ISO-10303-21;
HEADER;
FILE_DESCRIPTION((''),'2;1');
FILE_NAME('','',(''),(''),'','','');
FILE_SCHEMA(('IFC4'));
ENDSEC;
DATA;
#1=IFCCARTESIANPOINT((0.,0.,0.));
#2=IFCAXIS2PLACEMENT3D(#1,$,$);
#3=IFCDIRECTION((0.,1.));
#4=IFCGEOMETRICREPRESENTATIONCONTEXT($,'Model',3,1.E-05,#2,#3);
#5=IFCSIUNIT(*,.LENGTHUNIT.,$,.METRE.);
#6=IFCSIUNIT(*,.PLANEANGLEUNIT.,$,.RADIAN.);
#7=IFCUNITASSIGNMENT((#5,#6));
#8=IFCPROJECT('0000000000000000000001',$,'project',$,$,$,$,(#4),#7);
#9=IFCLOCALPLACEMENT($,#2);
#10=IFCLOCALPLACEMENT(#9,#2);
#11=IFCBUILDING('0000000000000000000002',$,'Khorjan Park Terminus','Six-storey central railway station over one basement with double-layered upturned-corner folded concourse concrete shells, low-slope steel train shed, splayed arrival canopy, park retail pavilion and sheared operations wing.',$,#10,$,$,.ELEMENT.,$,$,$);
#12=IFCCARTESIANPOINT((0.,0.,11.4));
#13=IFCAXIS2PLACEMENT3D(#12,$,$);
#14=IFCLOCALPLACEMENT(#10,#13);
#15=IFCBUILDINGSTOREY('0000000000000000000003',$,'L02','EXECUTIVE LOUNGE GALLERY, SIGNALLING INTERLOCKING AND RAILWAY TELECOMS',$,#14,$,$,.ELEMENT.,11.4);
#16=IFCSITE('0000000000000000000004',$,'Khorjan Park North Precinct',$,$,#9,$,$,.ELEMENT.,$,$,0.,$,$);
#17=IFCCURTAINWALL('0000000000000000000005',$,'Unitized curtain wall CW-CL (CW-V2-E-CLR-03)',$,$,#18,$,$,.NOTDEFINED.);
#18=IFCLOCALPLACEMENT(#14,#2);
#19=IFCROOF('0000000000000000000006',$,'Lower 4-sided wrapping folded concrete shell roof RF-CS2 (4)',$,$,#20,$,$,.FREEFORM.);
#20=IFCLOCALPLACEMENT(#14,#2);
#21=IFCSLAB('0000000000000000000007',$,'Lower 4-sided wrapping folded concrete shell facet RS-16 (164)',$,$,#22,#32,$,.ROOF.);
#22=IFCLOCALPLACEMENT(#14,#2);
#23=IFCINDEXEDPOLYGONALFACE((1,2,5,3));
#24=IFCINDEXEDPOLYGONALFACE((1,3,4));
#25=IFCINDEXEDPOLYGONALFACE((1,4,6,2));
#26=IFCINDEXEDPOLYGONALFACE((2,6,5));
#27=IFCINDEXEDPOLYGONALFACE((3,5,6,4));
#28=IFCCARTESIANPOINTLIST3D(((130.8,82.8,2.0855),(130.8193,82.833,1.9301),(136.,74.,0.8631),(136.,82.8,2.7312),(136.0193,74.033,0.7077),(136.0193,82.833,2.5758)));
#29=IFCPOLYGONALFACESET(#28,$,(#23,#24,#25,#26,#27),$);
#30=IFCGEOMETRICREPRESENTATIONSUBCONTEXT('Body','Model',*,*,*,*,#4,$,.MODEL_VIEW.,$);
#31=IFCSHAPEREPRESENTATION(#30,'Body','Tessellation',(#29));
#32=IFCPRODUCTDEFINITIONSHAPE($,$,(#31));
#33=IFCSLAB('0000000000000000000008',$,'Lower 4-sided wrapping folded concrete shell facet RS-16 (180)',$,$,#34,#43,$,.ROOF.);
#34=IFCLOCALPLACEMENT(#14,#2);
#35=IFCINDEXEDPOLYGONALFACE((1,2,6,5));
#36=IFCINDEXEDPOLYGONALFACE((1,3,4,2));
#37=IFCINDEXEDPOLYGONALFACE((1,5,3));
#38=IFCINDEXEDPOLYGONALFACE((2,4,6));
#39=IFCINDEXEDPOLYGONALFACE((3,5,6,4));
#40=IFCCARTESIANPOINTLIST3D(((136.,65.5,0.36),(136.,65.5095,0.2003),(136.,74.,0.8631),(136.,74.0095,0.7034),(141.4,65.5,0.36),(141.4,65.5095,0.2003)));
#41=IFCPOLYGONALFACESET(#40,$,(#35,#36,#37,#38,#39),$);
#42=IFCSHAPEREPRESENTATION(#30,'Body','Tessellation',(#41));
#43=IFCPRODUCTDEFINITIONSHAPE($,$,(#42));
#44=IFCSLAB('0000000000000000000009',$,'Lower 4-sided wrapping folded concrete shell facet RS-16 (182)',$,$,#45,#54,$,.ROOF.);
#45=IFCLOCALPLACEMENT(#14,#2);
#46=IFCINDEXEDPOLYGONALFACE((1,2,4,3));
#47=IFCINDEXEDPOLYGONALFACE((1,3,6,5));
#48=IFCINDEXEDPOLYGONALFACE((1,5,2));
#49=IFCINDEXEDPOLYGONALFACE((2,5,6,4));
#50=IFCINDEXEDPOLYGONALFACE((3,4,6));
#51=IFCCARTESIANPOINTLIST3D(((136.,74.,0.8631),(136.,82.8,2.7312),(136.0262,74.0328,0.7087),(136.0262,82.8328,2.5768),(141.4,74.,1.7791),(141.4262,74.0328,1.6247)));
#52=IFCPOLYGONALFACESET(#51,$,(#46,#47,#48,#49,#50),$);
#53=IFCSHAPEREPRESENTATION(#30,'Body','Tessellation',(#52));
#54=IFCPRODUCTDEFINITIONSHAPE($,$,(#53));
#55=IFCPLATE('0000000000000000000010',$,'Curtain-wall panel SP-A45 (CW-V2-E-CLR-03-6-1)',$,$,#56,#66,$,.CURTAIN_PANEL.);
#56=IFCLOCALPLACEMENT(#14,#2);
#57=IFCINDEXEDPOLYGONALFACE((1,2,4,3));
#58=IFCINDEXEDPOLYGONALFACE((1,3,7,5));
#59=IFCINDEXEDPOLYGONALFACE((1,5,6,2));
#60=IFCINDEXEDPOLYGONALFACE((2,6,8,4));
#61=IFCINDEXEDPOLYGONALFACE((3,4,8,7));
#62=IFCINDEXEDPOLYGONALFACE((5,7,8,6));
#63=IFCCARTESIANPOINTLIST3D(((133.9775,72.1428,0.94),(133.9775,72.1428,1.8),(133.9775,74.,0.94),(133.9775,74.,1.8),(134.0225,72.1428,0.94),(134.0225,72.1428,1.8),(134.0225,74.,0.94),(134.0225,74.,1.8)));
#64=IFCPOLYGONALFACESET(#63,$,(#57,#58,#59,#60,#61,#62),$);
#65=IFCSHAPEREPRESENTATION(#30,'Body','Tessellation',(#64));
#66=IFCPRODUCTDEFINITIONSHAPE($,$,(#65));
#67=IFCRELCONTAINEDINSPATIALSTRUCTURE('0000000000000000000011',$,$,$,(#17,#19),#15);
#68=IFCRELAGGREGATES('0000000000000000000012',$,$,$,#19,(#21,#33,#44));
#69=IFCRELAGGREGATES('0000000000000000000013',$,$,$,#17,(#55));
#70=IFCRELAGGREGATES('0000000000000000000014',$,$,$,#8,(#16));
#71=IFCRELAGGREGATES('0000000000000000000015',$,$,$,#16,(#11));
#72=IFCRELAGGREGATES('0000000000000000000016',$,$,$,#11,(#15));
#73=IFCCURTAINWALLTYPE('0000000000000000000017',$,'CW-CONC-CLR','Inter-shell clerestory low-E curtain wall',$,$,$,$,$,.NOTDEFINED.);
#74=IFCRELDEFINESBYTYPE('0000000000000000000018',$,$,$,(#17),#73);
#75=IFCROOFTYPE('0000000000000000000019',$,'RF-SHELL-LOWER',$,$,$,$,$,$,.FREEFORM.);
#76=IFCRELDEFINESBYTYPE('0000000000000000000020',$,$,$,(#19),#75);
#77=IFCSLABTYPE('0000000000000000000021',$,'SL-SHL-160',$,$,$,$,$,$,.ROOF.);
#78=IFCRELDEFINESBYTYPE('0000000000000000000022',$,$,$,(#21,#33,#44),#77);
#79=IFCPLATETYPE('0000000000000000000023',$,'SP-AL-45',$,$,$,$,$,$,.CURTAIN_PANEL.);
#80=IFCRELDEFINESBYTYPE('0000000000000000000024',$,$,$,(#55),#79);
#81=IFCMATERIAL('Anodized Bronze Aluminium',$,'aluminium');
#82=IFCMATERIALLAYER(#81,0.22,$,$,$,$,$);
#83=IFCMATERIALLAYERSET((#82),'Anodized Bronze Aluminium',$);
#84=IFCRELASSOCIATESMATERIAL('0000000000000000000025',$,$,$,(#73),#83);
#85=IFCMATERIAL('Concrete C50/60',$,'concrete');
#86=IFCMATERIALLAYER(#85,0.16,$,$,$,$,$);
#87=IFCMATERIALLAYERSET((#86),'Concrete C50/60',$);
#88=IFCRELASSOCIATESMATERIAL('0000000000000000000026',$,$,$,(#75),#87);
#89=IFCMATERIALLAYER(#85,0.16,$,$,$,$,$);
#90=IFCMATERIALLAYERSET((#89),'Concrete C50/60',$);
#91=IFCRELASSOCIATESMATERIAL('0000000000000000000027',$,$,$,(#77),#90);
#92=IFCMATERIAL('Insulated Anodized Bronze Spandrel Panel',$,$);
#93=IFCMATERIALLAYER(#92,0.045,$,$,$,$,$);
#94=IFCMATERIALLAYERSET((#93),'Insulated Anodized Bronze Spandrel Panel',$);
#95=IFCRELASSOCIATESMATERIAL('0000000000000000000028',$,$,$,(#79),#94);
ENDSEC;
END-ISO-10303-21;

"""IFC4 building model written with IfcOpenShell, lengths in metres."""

from ifc_helpers import new_model, si_unit, direction, frame, origin, origin_2d, place, context, subcontext, project, spatial, polyline, rectangle, outline, extrude, material, layer, layer_set, type_object, element, aggregate, save


model = new_model("IFC4")

# Units and contexts
model_context = context("Model", 3, precision=1e-05, world=origin(), true_north=direction((0.0, 1.0)))
body_context = subcontext(model_context, "Body", "Model", "MODEL_VIEW")
ifc_project = project(units=[si_unit("LENGTHUNIT", "METRE"), si_unit("PLANEANGLEUNIT", "RADIAN")], contexts=[model_context])

# Site, building, storey
site_placement = place(None, origin())
site = spatial("IfcSite", under=ifc_project, at=site_placement, Name="Khorjan Park North Precinct", CompositionType="ELEMENT", RefElevation=0.0)
building_placement = place(site_placement, origin())
building = spatial("IfcBuilding", under=site, at=building_placement, Name="Khorjan Park Terminus", Description="Six-storey central railway station over one basement with double-layered upturned-corner folded concourse concrete shells, low-slope steel train shed, splayed arrival canopy, park retail pavilion and sheared operations wing.", CompositionType="ELEMENT")
storey_placement = place(building_placement, frame((0.0, 0.0, 11.4)))
storey = spatial("IfcBuildingStorey", under=building, at=storey_placement, Name="L02", Description="EXECUTIVE LOUNGE GALLERY, SIGNALLING INTERLOCKING AND RAILWAY TELECOMS", CompositionType="ELEMENT", Elevation=11.4)

# Shared definitions
ifc_material_1 = material(Name="Concrete C50/60", Category="concrete")

# Curtain wall
ifc_material_2 = material(Name="Anodized Bronze Aluminium", Category="aluminium")
ifc_layer_1 = layer(ifc_material_2, 0.22)
ifc_layer_set_1 = layer_set([ifc_layer_1], Name="Anodized Bronze Aluminium")
curtain_wall_type = type_object("IfcCurtainWallType", Name="CW-CONC-CLR", Description="Inter-shell clerestory low-E curtain wall", PredefinedType="NOTDEFINED", material=ifc_layer_set_1)
curtain_wall_1_placement = place(storey_placement, origin())
curtain_wall_1 = element("IfcCurtainWall", 1, at=curtain_wall_1_placement, inside=storey, type_object=curtain_wall_type, Name="Unitized curtain wall CW-CL (CW-V2-E-CLR-03)", PredefinedType="NOTDEFINED")

# Roof, slabs
ifc_layer_2 = layer(ifc_material_1, 0.16)
ifc_layer_set_2 = layer_set([ifc_layer_2], Name="Concrete C50/60")
roof_type = type_object("IfcRoofType", Name="RF-SHELL-LOWER", PredefinedType="FREEFORM", material=ifc_layer_set_2)
roof_placement = place(storey_placement, origin())
roof = element("IfcRoof", 2, at=roof_placement, inside=storey, type_object=roof_type, Name="Lower 4-sided wrapping folded concrete shell roof RF-CS2 (4)", PredefinedType="FREEFORM")
ifc_layer_3 = layer(ifc_material_1, 0.16)
ifc_layer_set_3 = layer_set([ifc_layer_3], Name="Concrete C50/60")
slab_type = type_object("IfcSlabType", Name="SL-SHL-160", PredefinedType="ROOF", material=ifc_layer_set_3)
slab_1_placement = place(storey_placement, frame((136.0, 74.0, 0.8631), z_axis=(-0.12058, -0.206142, 0.971064), x_axis=(0.0, 0.978202, 0.207657)))
slab_1 = element("IfcSlab", 3, at=slab_1_placement, type_object=slab_type, Name="Lower 4-sided wrapping folded concrete shell facet RS-16 (164)", PredefinedType="ROOF", context=body_context, shape_type="SweptSolid", body=[
    extrude(outline(polyline([(0.0, 0.0), (8.9961, 0.0), (8.862, 5.2382), (0.0, 0.0)])), origin(), (0.0, 0.0, -1.0), 0.16),
])
slab_2_placement = place(storey_placement, frame((136.0, 65.5, 0.36), z_axis=(0.0, -0.059085, 0.998253), x_axis=(1.0, 0.0, 0.0)))
slab_2 = element("IfcSlab", 4, at=slab_2_placement, type_object=slab_type, Name="Lower 4-sided wrapping folded concrete shell facet RS-16 (180)", PredefinedType="ROOF", context=body_context, shape_type="SweptSolid", body=[
    extrude(outline(polyline([(0.0, 0.0), (5.4, 0.0), (0.0, 8.5149), (0.0, 0.0)])), origin(), (0.0, 0.0, -1.0), 0.16),
])
slab_3_placement = place(storey_placement, frame((136.0, 74.0, 0.8631), z_axis=(-0.163694, -0.204856, 0.965007), x_axis=(0.985916, 0.0, 0.167241)))
slab_3 = element("IfcSlab", 5, at=slab_3_placement, type_object=slab_type, Name="Lower 4-sided wrapping folded concrete shell facet RS-16 (182)", PredefinedType="ROOF", context=body_context, shape_type="SweptSolid", body=[
    extrude(outline(polyline([(0.0, 0.0), (5.4771, 0.0), (0.3124, 8.9907), (0.0, 0.0)])), origin(), (0.0, 0.0, -1.0), 0.16),
])
aggregate(roof, [slab_1, slab_2, slab_3])

# Plate
ifc_material_3 = material(Name="Insulated Anodized Bronze Spandrel Panel")
ifc_layer_4 = layer(ifc_material_3, 0.045)
ifc_layer_set_4 = layer_set([ifc_layer_4], Name="Insulated Anodized Bronze Spandrel Panel")
plate_type_1 = type_object("IfcPlateType", Name="SP-AL-45", PredefinedType="CURTAIN_PANEL", material=ifc_layer_set_4)
plate_1_placement = place(storey_placement, frame((134.0, 73.0714, 0.94), z_axis=(0.0, 0.0, 1.0), x_axis=(0.0, 1.0, 0.0)))
plate_1 = element("IfcPlate", 6, at=plate_1_placement, type_object=plate_type_1, Name="Curtain-wall panel SP-A45 (CW-V2-E-CLR-03-6-1)", PredefinedType="CURTAIN_PANEL", context=body_context, shape_type="SweptSolid", body=[
    extrude(rectangle(XDim=1.8571, YDim=0.045, at=origin_2d()), origin(), (0.0, 0.0, 1.0), 0.86),
])
aggregate(curtain_wall_1, [plate_1])

save(model, "model.ifc")
